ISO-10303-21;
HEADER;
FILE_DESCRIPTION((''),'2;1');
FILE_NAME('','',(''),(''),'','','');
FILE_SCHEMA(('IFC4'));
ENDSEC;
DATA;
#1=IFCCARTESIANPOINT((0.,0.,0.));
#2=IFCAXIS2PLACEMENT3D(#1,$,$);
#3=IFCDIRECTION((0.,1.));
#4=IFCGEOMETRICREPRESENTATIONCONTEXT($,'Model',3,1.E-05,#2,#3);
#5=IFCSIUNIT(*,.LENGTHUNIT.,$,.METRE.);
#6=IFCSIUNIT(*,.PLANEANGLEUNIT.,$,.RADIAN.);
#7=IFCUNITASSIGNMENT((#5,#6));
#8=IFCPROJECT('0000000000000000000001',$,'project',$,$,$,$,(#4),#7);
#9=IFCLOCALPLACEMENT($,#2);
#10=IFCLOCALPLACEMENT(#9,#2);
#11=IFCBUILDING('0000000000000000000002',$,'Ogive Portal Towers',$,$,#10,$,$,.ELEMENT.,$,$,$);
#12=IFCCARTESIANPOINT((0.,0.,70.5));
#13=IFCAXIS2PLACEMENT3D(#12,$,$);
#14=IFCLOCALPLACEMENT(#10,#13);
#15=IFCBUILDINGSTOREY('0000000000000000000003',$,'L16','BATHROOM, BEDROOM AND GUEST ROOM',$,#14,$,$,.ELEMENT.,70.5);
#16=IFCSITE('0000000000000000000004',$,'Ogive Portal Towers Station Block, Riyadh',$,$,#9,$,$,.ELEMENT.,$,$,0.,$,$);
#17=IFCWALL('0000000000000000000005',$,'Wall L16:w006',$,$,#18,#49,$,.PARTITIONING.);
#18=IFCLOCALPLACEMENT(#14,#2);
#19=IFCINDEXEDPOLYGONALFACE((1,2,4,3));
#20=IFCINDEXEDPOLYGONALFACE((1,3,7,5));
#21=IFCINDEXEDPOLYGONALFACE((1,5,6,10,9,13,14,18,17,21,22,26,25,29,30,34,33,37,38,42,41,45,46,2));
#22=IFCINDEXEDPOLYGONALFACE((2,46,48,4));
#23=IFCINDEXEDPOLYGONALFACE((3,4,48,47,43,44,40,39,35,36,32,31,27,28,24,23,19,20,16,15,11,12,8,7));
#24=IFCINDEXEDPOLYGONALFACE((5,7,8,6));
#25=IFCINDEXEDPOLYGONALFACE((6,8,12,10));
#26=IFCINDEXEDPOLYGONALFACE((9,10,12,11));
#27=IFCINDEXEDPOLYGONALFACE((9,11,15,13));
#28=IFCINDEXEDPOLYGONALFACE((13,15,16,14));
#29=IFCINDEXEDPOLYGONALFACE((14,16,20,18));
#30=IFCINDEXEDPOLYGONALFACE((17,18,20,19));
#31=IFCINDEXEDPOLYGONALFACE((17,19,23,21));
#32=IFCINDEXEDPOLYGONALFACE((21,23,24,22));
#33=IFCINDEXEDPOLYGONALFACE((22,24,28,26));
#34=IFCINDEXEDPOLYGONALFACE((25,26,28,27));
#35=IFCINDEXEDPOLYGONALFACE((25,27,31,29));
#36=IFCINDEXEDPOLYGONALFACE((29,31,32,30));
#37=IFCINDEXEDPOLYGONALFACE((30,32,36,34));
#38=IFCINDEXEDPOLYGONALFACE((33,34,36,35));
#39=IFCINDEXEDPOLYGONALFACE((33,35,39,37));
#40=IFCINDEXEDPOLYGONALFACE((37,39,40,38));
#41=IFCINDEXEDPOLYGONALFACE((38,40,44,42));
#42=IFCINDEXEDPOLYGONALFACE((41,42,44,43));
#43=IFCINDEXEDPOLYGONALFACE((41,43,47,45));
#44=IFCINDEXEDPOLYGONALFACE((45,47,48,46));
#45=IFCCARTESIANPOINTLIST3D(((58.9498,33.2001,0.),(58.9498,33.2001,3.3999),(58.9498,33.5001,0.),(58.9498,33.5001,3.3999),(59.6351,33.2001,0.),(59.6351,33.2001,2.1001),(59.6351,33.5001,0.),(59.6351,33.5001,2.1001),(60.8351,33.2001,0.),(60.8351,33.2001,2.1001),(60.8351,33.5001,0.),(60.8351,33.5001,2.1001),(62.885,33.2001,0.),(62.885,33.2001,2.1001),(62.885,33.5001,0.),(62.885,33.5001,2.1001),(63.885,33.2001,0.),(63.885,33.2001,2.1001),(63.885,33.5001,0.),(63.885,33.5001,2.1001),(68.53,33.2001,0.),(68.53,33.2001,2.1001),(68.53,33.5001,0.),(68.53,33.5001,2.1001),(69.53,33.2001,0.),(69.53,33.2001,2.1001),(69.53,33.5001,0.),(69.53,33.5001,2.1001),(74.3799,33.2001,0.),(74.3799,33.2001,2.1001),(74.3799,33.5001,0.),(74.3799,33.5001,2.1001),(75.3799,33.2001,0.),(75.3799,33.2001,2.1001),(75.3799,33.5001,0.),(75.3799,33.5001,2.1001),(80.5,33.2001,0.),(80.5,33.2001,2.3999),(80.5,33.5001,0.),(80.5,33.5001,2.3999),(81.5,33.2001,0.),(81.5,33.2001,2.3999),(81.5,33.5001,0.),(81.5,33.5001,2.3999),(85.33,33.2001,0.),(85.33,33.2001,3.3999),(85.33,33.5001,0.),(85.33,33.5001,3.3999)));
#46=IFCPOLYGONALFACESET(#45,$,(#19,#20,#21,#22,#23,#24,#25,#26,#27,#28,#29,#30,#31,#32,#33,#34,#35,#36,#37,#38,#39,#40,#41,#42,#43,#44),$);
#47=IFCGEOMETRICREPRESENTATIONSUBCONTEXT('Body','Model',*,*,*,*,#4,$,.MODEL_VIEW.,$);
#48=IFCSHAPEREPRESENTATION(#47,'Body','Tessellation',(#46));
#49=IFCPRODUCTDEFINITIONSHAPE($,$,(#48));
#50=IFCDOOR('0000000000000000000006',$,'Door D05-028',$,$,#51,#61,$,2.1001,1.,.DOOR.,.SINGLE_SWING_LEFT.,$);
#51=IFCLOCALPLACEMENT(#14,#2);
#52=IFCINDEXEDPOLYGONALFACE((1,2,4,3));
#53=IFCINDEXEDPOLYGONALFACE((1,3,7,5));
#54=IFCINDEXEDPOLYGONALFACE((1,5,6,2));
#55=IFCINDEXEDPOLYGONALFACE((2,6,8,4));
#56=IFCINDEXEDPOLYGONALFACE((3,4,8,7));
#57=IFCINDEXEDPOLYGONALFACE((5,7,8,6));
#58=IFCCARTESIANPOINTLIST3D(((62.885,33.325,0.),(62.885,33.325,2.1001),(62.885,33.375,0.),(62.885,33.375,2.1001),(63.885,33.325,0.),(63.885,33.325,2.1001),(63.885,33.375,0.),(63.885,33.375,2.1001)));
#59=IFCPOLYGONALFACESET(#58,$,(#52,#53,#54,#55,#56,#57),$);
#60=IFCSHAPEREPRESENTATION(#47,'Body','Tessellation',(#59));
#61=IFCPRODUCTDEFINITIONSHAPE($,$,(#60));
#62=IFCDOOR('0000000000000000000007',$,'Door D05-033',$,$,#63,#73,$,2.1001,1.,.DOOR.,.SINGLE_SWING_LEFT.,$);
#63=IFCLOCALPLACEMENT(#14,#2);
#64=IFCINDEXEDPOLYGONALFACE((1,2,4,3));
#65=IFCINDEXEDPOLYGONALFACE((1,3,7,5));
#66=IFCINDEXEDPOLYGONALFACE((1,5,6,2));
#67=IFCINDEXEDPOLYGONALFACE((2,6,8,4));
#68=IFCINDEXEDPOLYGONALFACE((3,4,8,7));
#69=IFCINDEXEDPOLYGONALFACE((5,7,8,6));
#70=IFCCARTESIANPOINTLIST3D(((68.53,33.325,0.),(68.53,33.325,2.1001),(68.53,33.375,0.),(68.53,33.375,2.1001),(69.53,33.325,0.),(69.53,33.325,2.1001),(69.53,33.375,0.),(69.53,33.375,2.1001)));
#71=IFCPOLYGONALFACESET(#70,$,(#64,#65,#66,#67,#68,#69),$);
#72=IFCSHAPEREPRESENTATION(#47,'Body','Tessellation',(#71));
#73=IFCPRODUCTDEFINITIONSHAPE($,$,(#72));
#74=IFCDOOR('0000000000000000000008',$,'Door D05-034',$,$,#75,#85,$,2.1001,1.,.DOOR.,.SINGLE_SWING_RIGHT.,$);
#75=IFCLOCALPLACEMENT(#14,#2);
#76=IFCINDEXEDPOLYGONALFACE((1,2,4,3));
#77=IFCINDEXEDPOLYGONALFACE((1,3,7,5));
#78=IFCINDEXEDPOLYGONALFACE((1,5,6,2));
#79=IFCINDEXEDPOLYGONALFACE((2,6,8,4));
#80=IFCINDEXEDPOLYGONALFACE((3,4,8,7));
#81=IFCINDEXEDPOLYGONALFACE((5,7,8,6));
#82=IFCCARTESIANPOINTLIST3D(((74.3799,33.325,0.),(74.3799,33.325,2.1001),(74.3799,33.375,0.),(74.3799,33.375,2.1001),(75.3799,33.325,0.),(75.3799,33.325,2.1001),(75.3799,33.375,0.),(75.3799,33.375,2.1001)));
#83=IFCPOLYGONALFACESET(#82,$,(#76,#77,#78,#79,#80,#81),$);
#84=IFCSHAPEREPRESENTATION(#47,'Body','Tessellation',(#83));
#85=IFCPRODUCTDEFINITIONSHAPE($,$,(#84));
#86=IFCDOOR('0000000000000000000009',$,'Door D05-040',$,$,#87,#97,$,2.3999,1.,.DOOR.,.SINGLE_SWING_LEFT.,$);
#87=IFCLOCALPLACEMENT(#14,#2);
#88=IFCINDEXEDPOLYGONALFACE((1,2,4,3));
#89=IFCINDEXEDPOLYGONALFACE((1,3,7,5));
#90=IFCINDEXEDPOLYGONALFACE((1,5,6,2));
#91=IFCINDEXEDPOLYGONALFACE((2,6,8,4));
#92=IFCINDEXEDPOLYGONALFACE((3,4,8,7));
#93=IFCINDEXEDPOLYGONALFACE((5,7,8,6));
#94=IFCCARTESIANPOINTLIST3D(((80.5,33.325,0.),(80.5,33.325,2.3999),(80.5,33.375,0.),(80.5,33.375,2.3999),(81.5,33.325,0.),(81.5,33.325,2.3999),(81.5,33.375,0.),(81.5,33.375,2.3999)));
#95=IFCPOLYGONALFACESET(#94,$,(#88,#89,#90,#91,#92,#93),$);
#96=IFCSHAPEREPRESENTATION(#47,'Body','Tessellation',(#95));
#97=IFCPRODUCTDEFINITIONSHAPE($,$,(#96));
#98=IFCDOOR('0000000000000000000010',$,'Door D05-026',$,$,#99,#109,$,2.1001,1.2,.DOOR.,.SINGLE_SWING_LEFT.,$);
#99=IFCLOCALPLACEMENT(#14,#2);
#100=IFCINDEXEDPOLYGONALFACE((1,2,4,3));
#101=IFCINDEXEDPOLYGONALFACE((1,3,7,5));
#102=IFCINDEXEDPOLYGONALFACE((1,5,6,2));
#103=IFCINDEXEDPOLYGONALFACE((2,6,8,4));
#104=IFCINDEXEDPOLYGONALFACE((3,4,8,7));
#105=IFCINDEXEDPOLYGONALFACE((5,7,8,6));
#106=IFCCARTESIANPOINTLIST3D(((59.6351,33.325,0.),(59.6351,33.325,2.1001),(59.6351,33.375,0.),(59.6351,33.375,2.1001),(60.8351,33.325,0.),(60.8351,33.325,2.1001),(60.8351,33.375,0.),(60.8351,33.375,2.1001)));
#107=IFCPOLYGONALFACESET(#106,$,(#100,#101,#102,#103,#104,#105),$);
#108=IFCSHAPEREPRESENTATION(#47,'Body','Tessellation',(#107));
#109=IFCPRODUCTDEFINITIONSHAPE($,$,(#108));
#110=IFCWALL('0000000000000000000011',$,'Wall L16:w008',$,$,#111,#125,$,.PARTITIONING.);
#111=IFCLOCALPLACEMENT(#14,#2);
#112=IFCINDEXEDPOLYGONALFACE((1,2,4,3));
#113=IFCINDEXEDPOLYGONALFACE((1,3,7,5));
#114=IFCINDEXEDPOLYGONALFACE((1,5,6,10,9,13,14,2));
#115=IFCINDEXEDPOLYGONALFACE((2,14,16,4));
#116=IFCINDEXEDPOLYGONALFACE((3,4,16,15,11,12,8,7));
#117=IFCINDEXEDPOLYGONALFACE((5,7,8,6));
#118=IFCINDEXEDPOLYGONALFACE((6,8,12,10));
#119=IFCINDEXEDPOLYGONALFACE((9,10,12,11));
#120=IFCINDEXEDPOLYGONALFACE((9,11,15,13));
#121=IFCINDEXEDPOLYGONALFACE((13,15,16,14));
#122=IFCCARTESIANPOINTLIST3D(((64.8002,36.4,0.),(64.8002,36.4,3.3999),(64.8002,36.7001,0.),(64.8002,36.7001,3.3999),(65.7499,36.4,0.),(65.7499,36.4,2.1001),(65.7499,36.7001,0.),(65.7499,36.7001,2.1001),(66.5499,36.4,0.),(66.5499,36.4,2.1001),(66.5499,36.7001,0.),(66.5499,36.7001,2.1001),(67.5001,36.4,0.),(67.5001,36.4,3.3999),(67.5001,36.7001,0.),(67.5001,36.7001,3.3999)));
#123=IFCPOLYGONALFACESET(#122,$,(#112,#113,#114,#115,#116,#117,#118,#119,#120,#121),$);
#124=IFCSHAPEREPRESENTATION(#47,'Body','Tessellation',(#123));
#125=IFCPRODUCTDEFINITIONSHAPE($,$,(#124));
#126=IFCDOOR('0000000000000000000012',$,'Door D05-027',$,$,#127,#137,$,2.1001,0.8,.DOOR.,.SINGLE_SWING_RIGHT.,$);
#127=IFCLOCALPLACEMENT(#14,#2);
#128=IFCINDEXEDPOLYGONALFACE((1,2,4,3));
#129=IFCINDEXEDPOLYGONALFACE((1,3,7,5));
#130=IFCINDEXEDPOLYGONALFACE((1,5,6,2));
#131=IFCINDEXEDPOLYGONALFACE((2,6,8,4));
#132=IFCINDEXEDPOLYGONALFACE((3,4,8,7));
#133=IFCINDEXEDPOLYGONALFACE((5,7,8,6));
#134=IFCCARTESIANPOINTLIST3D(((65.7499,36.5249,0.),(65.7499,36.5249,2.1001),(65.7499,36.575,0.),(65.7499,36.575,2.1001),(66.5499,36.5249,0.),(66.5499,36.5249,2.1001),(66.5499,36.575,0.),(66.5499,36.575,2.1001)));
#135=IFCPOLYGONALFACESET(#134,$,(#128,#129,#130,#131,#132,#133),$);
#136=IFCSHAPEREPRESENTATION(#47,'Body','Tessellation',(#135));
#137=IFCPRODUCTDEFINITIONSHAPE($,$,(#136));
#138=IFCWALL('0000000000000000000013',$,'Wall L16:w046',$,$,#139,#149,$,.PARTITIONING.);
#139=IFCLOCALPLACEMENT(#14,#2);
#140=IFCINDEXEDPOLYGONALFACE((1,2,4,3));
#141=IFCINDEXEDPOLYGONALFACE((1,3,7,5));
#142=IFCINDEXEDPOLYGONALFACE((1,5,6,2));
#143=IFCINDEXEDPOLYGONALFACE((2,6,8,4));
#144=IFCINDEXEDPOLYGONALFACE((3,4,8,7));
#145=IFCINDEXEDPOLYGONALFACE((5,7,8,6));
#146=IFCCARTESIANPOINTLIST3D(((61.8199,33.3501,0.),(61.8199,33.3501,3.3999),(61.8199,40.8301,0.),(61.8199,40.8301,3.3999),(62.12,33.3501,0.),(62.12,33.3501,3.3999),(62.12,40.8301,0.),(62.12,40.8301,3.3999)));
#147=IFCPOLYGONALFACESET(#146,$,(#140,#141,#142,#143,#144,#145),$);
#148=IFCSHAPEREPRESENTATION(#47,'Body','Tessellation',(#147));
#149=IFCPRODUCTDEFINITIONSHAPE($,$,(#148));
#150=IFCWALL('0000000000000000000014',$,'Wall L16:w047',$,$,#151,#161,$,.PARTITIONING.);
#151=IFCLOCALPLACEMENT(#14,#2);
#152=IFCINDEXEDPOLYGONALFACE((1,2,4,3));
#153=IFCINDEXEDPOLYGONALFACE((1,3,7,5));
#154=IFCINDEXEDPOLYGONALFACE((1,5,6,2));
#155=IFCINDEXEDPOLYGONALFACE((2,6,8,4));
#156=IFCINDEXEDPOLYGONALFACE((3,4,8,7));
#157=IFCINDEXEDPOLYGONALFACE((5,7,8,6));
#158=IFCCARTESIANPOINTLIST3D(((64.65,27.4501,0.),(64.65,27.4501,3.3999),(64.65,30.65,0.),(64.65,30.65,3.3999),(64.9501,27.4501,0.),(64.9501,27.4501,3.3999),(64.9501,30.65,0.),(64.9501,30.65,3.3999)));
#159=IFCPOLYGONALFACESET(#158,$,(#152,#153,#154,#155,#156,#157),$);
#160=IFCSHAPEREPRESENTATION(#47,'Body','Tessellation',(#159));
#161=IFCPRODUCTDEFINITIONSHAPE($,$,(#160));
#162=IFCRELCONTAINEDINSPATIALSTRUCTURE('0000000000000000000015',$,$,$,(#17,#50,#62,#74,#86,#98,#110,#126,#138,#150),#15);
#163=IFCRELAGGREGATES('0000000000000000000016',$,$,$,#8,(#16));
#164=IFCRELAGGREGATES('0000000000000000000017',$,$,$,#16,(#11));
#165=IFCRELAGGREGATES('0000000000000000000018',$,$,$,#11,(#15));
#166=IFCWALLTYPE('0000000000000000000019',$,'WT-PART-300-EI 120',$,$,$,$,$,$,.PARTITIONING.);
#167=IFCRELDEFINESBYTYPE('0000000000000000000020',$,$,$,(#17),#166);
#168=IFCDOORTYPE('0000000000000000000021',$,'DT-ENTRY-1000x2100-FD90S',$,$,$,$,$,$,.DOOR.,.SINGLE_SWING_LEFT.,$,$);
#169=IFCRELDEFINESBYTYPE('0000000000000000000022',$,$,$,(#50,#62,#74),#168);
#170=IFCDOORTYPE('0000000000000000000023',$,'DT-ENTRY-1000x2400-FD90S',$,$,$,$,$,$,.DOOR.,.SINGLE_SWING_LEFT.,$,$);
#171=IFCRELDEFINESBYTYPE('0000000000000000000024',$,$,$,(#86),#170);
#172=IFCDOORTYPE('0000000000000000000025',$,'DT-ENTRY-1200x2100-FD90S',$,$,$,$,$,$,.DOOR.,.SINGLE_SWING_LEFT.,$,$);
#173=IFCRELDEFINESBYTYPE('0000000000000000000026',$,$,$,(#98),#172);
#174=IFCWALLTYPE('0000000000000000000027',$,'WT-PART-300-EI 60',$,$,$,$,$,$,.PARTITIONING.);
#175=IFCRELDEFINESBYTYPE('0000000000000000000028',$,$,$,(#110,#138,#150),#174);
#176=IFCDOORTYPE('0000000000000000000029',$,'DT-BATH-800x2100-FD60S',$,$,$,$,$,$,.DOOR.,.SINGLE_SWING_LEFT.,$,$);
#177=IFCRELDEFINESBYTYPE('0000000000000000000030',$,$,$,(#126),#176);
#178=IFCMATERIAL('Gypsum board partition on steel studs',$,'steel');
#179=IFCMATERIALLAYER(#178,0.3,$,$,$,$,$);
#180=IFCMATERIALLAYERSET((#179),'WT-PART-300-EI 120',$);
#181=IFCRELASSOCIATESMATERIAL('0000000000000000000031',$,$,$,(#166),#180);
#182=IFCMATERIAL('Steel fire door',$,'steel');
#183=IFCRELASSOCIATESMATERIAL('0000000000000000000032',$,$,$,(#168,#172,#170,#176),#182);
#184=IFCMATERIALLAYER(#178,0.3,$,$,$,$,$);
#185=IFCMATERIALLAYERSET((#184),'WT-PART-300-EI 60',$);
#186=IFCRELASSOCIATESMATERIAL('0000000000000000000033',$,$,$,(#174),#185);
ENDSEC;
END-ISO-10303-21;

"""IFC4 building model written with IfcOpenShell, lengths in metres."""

from ifc_helpers import new_model, si_unit, direction, frame, frame_2d, origin, place, context, subcontext, project, spatial, rectangle, extrude, material, layer, layer_set, type_object, element, fill, save


model = new_model("IFC4")

# Units and contexts
model_context = context("Model", 3, precision=1e-05, world=origin(), true_north=direction((0.0, 1.0)))
body_context = subcontext(model_context, "Body", "Model", "MODEL_VIEW")
ifc_project = project(units=[si_unit("LENGTHUNIT", "METRE"), si_unit("PLANEANGLEUNIT", "RADIAN")], contexts=[model_context])

# Site, building, storey
site_placement = place(None, origin())
site = spatial("IfcSite", under=ifc_project, at=site_placement, Name="Ogive Portal Towers Station Block, Riyadh", CompositionType="ELEMENT", RefElevation=0.0)
building_placement = place(site_placement, origin())
building = spatial("IfcBuilding", under=site, at=building_placement, Name="Ogive Portal Towers", CompositionType="ELEMENT")
storey_placement = place(building_placement, frame((0.0, 0.0, 70.5)))
storey = spatial("IfcBuildingStorey", under=building, at=storey_placement, Name="L16", Description="BATHROOM, BEDROOM AND GUEST ROOM", CompositionType="ELEMENT", Elevation=70.5)

# Shared definitions
ifc_material_1 = material(Name="Gypsum board partition on steel studs", Category="steel")
ifc_material_2 = material(Name="Steel fire door", Category="steel")

# Wall, openings, doors
ifc_layer_1 = layer(ifc_material_1, 0.3)
ifc_layer_set_1 = layer_set([ifc_layer_1], Name="WT-PART-300-EI 120")
wall_type_1 = type_object("IfcWallType", Name="WT-PART-300-EI 120", PredefinedType="PARTITIONING", material=ifc_layer_set_1)
door_type_1 = type_object("IfcDoorType", Name="DT-ENTRY-1000x2100-FD90S", OperationType="SINGLE_SWING_LEFT", PredefinedType="DOOR", material=ifc_material_2)
door_type_2 = type_object("IfcDoorType", Name="DT-ENTRY-1200x2100-FD90S", OperationType="SINGLE_SWING_LEFT", PredefinedType="DOOR", material=ifc_material_2)
wall_1_placement = place(storey_placement, frame((58.95, 33.3501, 0.0), z_axis=(0.0, 0.0, 1.0), x_axis=(1.0, 0.0, 0.0)))
wall_1 = element("IfcWall", 1, at=wall_1_placement, inside=storey, type_object=wall_type_1, Name="Wall L16:w006", PredefinedType="PARTITIONING", context=body_context, shape_type="SweptSolid", body=[
    extrude(rectangle(XDim=26.3801, YDim=0.3, at=frame_2d((13.1899, 0.0))), origin(), (0.0, 0.0, 1.0), 3.3999),
])
opening_1_placement = place(wall_1_placement, frame((0.6851, 0.0, 0.0)))
opening_1 = element("IfcOpeningElement", 2, at=opening_1_placement, cuts=wall_1, PredefinedType="OPENING", context=body_context, shape_type="SweptSolid", body=[
    extrude(rectangle(XDim=1.2, YDim=2.1001, at=frame_2d((0.6001, 1.05))), frame((0.0, 0.1602, 0.0), z_axis=(0.0, -1.0, 0.0), x_axis=(1.0, 0.0, 0.0)), (0.0, 0.0, 1.0), 0.3201),
])
opening_2_placement = place(wall_1_placement, frame((3.9351, 0.0, 0.0)))
opening_2 = element("IfcOpeningElement", 3, at=opening_2_placement, cuts=wall_1, PredefinedType="OPENING", context=body_context, shape_type="SweptSolid", body=[
    extrude(rectangle(XDim=1.0, YDim=2.1001, at=frame_2d((0.5, 1.05))), frame((0.0, 0.1602, 0.0), z_axis=(0.0, -1.0, 0.0), x_axis=(1.0, 0.0, 0.0)), (0.0, 0.0, 1.0), 0.3201),
])
opening_3_placement = place(wall_1_placement, frame((9.5801, 0.0, 0.0)))
opening_3 = element("IfcOpeningElement", 4, at=opening_3_placement, cuts=wall_1, PredefinedType="OPENING", context=body_context, shape_type="SweptSolid", body=[
    extrude(rectangle(XDim=1.0, YDim=2.1001, at=frame_2d((0.5, 1.05))), frame((0.0, 0.1602, 0.0), z_axis=(0.0, -1.0, 0.0), x_axis=(1.0, 0.0, 0.0)), (0.0, 0.0, 1.0), 0.3201),
])
opening_4_placement = place(wall_1_placement, frame((15.4299, 0.0, 0.0)))
opening_4 = element("IfcOpeningElement", 5, at=opening_4_placement, cuts=wall_1, PredefinedType="OPENING", context=body_context, shape_type="SweptSolid", body=[
    extrude(rectangle(XDim=1.0, YDim=2.1001, at=frame_2d((0.5, 1.05))), frame((0.0, 0.1602, 0.0), z_axis=(0.0, -1.0, 0.0), x_axis=(1.0, 0.0, 0.0)), (0.0, 0.0, 1.0), 0.3201),
])
opening_5_placement = place(wall_1_placement, frame((21.55, 0.0, 0.0)))
opening_5 = element("IfcOpeningElement", 6, at=opening_5_placement, cuts=wall_1, PredefinedType="OPENING", context=body_context, shape_type="SweptSolid", body=[
    extrude(rectangle(XDim=1.0, YDim=2.3999, at=frame_2d((0.5, 1.2))), frame((0.0, 0.1602, 0.0), z_axis=(0.0, -1.0, 0.0), x_axis=(1.0, 0.0, 0.0)), (0.0, 0.0, 1.0), 0.3201),
])
door_1_placement = place(opening_2_placement, origin())
door_1 = element("IfcDoor", 7, at=door_1_placement, inside=storey, type_object=door_type_1, Name="Door D05-028", OperationType="SINGLE_SWING_LEFT", OverallHeight=2.1001, OverallWidth=1.0, PredefinedType="DOOR", context=body_context, shape_type="SweptSolid", body=[
    extrude(rectangle(XDim=1.0, YDim=2.1001, at=frame_2d((0.5, 1.05))), frame((0.0, 0.0249, 0.0), z_axis=(0.0, -1.0, 0.0), x_axis=(1.0, 0.0, 0.0)), (0.0, 0.0, 1.0), 0.05),
])
fill(opening_2, door_1)
door_2_placement = place(opening_3_placement, origin())
door_2 = element("IfcDoor", 8, at=door_2_placement, inside=storey, type_object=door_type_1, Name="Door D05-033", OperationType="SINGLE_SWING_LEFT", OverallHeight=2.1001, OverallWidth=1.0, PredefinedType="DOOR", context=body_context, shape_type="SweptSolid", body=[
    extrude(rectangle(XDim=1.0, YDim=2.1001, at=frame_2d((0.5, 1.05))), frame((0.0, 0.0249, 0.0), z_axis=(0.0, -1.0, 0.0), x_axis=(1.0, 0.0, 0.0)), (0.0, 0.0, 1.0), 0.05),
])
fill(opening_3, door_2)
door_3_placement = place(opening_4_placement, origin())
door_3 = element("IfcDoor", 9, at=door_3_placement, inside=storey, type_object=door_type_1, Name="Door D05-034", OperationType="SINGLE_SWING_RIGHT", OverallHeight=2.1001, OverallWidth=1.0, PredefinedType="DOOR", context=body_context, shape_type="SweptSolid", body=[
    extrude(rectangle(XDim=1.0, YDim=2.1001, at=frame_2d((0.5, 1.05))), frame((0.0, 0.0249, 0.0), z_axis=(0.0, -1.0, 0.0), x_axis=(1.0, 0.0, 0.0)), (0.0, 0.0, 1.0), 0.05),
])
fill(opening_4, door_3)
door_type_3 = type_object("IfcDoorType", Name="DT-ENTRY-1000x2400-FD90S", OperationType="SINGLE_SWING_LEFT", PredefinedType="DOOR", material=ifc_material_2)
door_4_placement = place(opening_5_placement, origin())
door_4 = element("IfcDoor", 10, at=door_4_placement, inside=storey, type_object=door_type_3, Name="Door D05-040", OperationType="SINGLE_SWING_LEFT", OverallHeight=2.3999, OverallWidth=1.0, PredefinedType="DOOR", context=body_context, shape_type="SweptSolid", body=[
    extrude(rectangle(XDim=1.0, YDim=2.3999, at=frame_2d((0.5, 1.2))), frame((0.0, 0.0249, 0.0), z_axis=(0.0, -1.0, 0.0), x_axis=(1.0, 0.0, 0.0)), (0.0, 0.0, 1.0), 0.05),
])
fill(opening_5, door_4)
door_5_placement = place(opening_1_placement, origin())
door_5 = element("IfcDoor", 11, at=door_5_placement, inside=storey, type_object=door_type_2, Name="Door D05-026", OperationType="SINGLE_SWING_LEFT", OverallHeight=2.1001, OverallWidth=1.2, PredefinedType="DOOR", context=body_context, shape_type="SweptSolid", body=[
    extrude(rectangle(XDim=1.2, YDim=2.1001, at=frame_2d((0.6001, 1.05))), frame((0.0, 0.0249, 0.0), z_axis=(0.0, -1.0, 0.0), x_axis=(1.0, 0.0, 0.0)), (0.0, 0.0, 1.0), 0.05),
])
fill(opening_1, door_5)

# Wall, opening, door
ifc_layer_2 = layer(ifc_material_1, 0.3)
ifc_layer_set_2 = layer_set([ifc_layer_2], Name="WT-PART-300-EI 60")
wall_type_2 = type_object("IfcWallType", Name="WT-PART-300-EI 60", PredefinedType="PARTITIONING", material=ifc_layer_set_2)
wall_2_placement = place(storey_placement, frame((64.8, 36.55, 0.0), z_axis=(0.0, 0.0, 1.0), x_axis=(1.0, 0.0, 0.0)))
wall_2 = element("IfcWall", 12, at=wall_2_placement, inside=storey, type_object=wall_type_2, Name="Wall L16:w008", PredefinedType="PARTITIONING", context=body_context, shape_type="SweptSolid", body=[
    extrude(rectangle(XDim=2.7, YDim=0.3, at=frame_2d((1.3501, 0.0))), origin(), (0.0, 0.0, 1.0), 3.3999),
])
opening_6_placement = place(wall_2_placement, frame((0.95, 0.0, 0.0)))
opening_6 = element("IfcOpeningElement", 13, at=opening_6_placement, cuts=wall_2, PredefinedType="OPENING", context=body_context, shape_type="SweptSolid", body=[
    extrude(rectangle(XDim=0.8, YDim=2.1001, at=frame_2d((0.3999, 1.05))), frame((0.0, 0.1602, 0.0), z_axis=(0.0, -1.0, 0.0), x_axis=(1.0, 0.0, 0.0)), (0.0, 0.0, 1.0), 0.3201),
])
door_type_4 = type_object("IfcDoorType", Name="DT-BATH-800x2100-FD60S", OperationType="SINGLE_SWING_LEFT", PredefinedType="DOOR", material=ifc_material_2)
door_6_placement = place(opening_6_placement, origin())
door_6 = element("IfcDoor", 14, at=door_6_placement, inside=storey, type_object=door_type_4, Name="Door D05-027", OperationType="SINGLE_SWING_RIGHT", OverallHeight=2.1001, OverallWidth=0.8, PredefinedType="DOOR", context=body_context, shape_type="SweptSolid", body=[
    extrude(rectangle(XDim=0.8, YDim=2.1001, at=frame_2d((0.3999, 1.05))), frame((0.0, 0.0249, 0.0), z_axis=(0.0, -1.0, 0.0), x_axis=(1.0, 0.0, 0.0)), (0.0, 0.0, 1.0), 0.05),
])
fill(opening_6, door_6)

# Walls
wall_3_placement = place(storey_placement, frame((61.97, 33.3501, 0.0), z_axis=(0.0, 0.0, 1.0), x_axis=(0.0, 1.0, 0.0)))
element("IfcWall", 15, at=wall_3_placement, inside=storey, type_object=wall_type_2, Name="Wall L16:w046", PredefinedType="PARTITIONING", context=body_context, shape_type="SweptSolid", body=[
    extrude(rectangle(XDim=7.48, YDim=0.3, at=frame_2d((3.74, 0.0))), origin(), (0.0, 0.0, 1.0), 3.3999),
])
for number, where, z_axis, x_axis, name in (
    (16, (64.8, 27.45, 0.0), (0.0, 0.0, 1.0), (0.0, 1.0, 0.0), "Wall L16:w047"),
):
    element("IfcWall", number, at=place(storey_placement, frame(where, z_axis=z_axis, x_axis=x_axis)), inside=storey, type_object=wall_type_2, Name=name, PredefinedType="PARTITIONING", context=body_context, shape_type="SweptSolid", body=[
        extrude(rectangle(XDim=3.2, YDim=0.3, at=frame_2d((1.6001, 0.0))), origin(), (0.0, 0.0, 1.0), 3.3999),
    ])

save(model, "model.ifc")
